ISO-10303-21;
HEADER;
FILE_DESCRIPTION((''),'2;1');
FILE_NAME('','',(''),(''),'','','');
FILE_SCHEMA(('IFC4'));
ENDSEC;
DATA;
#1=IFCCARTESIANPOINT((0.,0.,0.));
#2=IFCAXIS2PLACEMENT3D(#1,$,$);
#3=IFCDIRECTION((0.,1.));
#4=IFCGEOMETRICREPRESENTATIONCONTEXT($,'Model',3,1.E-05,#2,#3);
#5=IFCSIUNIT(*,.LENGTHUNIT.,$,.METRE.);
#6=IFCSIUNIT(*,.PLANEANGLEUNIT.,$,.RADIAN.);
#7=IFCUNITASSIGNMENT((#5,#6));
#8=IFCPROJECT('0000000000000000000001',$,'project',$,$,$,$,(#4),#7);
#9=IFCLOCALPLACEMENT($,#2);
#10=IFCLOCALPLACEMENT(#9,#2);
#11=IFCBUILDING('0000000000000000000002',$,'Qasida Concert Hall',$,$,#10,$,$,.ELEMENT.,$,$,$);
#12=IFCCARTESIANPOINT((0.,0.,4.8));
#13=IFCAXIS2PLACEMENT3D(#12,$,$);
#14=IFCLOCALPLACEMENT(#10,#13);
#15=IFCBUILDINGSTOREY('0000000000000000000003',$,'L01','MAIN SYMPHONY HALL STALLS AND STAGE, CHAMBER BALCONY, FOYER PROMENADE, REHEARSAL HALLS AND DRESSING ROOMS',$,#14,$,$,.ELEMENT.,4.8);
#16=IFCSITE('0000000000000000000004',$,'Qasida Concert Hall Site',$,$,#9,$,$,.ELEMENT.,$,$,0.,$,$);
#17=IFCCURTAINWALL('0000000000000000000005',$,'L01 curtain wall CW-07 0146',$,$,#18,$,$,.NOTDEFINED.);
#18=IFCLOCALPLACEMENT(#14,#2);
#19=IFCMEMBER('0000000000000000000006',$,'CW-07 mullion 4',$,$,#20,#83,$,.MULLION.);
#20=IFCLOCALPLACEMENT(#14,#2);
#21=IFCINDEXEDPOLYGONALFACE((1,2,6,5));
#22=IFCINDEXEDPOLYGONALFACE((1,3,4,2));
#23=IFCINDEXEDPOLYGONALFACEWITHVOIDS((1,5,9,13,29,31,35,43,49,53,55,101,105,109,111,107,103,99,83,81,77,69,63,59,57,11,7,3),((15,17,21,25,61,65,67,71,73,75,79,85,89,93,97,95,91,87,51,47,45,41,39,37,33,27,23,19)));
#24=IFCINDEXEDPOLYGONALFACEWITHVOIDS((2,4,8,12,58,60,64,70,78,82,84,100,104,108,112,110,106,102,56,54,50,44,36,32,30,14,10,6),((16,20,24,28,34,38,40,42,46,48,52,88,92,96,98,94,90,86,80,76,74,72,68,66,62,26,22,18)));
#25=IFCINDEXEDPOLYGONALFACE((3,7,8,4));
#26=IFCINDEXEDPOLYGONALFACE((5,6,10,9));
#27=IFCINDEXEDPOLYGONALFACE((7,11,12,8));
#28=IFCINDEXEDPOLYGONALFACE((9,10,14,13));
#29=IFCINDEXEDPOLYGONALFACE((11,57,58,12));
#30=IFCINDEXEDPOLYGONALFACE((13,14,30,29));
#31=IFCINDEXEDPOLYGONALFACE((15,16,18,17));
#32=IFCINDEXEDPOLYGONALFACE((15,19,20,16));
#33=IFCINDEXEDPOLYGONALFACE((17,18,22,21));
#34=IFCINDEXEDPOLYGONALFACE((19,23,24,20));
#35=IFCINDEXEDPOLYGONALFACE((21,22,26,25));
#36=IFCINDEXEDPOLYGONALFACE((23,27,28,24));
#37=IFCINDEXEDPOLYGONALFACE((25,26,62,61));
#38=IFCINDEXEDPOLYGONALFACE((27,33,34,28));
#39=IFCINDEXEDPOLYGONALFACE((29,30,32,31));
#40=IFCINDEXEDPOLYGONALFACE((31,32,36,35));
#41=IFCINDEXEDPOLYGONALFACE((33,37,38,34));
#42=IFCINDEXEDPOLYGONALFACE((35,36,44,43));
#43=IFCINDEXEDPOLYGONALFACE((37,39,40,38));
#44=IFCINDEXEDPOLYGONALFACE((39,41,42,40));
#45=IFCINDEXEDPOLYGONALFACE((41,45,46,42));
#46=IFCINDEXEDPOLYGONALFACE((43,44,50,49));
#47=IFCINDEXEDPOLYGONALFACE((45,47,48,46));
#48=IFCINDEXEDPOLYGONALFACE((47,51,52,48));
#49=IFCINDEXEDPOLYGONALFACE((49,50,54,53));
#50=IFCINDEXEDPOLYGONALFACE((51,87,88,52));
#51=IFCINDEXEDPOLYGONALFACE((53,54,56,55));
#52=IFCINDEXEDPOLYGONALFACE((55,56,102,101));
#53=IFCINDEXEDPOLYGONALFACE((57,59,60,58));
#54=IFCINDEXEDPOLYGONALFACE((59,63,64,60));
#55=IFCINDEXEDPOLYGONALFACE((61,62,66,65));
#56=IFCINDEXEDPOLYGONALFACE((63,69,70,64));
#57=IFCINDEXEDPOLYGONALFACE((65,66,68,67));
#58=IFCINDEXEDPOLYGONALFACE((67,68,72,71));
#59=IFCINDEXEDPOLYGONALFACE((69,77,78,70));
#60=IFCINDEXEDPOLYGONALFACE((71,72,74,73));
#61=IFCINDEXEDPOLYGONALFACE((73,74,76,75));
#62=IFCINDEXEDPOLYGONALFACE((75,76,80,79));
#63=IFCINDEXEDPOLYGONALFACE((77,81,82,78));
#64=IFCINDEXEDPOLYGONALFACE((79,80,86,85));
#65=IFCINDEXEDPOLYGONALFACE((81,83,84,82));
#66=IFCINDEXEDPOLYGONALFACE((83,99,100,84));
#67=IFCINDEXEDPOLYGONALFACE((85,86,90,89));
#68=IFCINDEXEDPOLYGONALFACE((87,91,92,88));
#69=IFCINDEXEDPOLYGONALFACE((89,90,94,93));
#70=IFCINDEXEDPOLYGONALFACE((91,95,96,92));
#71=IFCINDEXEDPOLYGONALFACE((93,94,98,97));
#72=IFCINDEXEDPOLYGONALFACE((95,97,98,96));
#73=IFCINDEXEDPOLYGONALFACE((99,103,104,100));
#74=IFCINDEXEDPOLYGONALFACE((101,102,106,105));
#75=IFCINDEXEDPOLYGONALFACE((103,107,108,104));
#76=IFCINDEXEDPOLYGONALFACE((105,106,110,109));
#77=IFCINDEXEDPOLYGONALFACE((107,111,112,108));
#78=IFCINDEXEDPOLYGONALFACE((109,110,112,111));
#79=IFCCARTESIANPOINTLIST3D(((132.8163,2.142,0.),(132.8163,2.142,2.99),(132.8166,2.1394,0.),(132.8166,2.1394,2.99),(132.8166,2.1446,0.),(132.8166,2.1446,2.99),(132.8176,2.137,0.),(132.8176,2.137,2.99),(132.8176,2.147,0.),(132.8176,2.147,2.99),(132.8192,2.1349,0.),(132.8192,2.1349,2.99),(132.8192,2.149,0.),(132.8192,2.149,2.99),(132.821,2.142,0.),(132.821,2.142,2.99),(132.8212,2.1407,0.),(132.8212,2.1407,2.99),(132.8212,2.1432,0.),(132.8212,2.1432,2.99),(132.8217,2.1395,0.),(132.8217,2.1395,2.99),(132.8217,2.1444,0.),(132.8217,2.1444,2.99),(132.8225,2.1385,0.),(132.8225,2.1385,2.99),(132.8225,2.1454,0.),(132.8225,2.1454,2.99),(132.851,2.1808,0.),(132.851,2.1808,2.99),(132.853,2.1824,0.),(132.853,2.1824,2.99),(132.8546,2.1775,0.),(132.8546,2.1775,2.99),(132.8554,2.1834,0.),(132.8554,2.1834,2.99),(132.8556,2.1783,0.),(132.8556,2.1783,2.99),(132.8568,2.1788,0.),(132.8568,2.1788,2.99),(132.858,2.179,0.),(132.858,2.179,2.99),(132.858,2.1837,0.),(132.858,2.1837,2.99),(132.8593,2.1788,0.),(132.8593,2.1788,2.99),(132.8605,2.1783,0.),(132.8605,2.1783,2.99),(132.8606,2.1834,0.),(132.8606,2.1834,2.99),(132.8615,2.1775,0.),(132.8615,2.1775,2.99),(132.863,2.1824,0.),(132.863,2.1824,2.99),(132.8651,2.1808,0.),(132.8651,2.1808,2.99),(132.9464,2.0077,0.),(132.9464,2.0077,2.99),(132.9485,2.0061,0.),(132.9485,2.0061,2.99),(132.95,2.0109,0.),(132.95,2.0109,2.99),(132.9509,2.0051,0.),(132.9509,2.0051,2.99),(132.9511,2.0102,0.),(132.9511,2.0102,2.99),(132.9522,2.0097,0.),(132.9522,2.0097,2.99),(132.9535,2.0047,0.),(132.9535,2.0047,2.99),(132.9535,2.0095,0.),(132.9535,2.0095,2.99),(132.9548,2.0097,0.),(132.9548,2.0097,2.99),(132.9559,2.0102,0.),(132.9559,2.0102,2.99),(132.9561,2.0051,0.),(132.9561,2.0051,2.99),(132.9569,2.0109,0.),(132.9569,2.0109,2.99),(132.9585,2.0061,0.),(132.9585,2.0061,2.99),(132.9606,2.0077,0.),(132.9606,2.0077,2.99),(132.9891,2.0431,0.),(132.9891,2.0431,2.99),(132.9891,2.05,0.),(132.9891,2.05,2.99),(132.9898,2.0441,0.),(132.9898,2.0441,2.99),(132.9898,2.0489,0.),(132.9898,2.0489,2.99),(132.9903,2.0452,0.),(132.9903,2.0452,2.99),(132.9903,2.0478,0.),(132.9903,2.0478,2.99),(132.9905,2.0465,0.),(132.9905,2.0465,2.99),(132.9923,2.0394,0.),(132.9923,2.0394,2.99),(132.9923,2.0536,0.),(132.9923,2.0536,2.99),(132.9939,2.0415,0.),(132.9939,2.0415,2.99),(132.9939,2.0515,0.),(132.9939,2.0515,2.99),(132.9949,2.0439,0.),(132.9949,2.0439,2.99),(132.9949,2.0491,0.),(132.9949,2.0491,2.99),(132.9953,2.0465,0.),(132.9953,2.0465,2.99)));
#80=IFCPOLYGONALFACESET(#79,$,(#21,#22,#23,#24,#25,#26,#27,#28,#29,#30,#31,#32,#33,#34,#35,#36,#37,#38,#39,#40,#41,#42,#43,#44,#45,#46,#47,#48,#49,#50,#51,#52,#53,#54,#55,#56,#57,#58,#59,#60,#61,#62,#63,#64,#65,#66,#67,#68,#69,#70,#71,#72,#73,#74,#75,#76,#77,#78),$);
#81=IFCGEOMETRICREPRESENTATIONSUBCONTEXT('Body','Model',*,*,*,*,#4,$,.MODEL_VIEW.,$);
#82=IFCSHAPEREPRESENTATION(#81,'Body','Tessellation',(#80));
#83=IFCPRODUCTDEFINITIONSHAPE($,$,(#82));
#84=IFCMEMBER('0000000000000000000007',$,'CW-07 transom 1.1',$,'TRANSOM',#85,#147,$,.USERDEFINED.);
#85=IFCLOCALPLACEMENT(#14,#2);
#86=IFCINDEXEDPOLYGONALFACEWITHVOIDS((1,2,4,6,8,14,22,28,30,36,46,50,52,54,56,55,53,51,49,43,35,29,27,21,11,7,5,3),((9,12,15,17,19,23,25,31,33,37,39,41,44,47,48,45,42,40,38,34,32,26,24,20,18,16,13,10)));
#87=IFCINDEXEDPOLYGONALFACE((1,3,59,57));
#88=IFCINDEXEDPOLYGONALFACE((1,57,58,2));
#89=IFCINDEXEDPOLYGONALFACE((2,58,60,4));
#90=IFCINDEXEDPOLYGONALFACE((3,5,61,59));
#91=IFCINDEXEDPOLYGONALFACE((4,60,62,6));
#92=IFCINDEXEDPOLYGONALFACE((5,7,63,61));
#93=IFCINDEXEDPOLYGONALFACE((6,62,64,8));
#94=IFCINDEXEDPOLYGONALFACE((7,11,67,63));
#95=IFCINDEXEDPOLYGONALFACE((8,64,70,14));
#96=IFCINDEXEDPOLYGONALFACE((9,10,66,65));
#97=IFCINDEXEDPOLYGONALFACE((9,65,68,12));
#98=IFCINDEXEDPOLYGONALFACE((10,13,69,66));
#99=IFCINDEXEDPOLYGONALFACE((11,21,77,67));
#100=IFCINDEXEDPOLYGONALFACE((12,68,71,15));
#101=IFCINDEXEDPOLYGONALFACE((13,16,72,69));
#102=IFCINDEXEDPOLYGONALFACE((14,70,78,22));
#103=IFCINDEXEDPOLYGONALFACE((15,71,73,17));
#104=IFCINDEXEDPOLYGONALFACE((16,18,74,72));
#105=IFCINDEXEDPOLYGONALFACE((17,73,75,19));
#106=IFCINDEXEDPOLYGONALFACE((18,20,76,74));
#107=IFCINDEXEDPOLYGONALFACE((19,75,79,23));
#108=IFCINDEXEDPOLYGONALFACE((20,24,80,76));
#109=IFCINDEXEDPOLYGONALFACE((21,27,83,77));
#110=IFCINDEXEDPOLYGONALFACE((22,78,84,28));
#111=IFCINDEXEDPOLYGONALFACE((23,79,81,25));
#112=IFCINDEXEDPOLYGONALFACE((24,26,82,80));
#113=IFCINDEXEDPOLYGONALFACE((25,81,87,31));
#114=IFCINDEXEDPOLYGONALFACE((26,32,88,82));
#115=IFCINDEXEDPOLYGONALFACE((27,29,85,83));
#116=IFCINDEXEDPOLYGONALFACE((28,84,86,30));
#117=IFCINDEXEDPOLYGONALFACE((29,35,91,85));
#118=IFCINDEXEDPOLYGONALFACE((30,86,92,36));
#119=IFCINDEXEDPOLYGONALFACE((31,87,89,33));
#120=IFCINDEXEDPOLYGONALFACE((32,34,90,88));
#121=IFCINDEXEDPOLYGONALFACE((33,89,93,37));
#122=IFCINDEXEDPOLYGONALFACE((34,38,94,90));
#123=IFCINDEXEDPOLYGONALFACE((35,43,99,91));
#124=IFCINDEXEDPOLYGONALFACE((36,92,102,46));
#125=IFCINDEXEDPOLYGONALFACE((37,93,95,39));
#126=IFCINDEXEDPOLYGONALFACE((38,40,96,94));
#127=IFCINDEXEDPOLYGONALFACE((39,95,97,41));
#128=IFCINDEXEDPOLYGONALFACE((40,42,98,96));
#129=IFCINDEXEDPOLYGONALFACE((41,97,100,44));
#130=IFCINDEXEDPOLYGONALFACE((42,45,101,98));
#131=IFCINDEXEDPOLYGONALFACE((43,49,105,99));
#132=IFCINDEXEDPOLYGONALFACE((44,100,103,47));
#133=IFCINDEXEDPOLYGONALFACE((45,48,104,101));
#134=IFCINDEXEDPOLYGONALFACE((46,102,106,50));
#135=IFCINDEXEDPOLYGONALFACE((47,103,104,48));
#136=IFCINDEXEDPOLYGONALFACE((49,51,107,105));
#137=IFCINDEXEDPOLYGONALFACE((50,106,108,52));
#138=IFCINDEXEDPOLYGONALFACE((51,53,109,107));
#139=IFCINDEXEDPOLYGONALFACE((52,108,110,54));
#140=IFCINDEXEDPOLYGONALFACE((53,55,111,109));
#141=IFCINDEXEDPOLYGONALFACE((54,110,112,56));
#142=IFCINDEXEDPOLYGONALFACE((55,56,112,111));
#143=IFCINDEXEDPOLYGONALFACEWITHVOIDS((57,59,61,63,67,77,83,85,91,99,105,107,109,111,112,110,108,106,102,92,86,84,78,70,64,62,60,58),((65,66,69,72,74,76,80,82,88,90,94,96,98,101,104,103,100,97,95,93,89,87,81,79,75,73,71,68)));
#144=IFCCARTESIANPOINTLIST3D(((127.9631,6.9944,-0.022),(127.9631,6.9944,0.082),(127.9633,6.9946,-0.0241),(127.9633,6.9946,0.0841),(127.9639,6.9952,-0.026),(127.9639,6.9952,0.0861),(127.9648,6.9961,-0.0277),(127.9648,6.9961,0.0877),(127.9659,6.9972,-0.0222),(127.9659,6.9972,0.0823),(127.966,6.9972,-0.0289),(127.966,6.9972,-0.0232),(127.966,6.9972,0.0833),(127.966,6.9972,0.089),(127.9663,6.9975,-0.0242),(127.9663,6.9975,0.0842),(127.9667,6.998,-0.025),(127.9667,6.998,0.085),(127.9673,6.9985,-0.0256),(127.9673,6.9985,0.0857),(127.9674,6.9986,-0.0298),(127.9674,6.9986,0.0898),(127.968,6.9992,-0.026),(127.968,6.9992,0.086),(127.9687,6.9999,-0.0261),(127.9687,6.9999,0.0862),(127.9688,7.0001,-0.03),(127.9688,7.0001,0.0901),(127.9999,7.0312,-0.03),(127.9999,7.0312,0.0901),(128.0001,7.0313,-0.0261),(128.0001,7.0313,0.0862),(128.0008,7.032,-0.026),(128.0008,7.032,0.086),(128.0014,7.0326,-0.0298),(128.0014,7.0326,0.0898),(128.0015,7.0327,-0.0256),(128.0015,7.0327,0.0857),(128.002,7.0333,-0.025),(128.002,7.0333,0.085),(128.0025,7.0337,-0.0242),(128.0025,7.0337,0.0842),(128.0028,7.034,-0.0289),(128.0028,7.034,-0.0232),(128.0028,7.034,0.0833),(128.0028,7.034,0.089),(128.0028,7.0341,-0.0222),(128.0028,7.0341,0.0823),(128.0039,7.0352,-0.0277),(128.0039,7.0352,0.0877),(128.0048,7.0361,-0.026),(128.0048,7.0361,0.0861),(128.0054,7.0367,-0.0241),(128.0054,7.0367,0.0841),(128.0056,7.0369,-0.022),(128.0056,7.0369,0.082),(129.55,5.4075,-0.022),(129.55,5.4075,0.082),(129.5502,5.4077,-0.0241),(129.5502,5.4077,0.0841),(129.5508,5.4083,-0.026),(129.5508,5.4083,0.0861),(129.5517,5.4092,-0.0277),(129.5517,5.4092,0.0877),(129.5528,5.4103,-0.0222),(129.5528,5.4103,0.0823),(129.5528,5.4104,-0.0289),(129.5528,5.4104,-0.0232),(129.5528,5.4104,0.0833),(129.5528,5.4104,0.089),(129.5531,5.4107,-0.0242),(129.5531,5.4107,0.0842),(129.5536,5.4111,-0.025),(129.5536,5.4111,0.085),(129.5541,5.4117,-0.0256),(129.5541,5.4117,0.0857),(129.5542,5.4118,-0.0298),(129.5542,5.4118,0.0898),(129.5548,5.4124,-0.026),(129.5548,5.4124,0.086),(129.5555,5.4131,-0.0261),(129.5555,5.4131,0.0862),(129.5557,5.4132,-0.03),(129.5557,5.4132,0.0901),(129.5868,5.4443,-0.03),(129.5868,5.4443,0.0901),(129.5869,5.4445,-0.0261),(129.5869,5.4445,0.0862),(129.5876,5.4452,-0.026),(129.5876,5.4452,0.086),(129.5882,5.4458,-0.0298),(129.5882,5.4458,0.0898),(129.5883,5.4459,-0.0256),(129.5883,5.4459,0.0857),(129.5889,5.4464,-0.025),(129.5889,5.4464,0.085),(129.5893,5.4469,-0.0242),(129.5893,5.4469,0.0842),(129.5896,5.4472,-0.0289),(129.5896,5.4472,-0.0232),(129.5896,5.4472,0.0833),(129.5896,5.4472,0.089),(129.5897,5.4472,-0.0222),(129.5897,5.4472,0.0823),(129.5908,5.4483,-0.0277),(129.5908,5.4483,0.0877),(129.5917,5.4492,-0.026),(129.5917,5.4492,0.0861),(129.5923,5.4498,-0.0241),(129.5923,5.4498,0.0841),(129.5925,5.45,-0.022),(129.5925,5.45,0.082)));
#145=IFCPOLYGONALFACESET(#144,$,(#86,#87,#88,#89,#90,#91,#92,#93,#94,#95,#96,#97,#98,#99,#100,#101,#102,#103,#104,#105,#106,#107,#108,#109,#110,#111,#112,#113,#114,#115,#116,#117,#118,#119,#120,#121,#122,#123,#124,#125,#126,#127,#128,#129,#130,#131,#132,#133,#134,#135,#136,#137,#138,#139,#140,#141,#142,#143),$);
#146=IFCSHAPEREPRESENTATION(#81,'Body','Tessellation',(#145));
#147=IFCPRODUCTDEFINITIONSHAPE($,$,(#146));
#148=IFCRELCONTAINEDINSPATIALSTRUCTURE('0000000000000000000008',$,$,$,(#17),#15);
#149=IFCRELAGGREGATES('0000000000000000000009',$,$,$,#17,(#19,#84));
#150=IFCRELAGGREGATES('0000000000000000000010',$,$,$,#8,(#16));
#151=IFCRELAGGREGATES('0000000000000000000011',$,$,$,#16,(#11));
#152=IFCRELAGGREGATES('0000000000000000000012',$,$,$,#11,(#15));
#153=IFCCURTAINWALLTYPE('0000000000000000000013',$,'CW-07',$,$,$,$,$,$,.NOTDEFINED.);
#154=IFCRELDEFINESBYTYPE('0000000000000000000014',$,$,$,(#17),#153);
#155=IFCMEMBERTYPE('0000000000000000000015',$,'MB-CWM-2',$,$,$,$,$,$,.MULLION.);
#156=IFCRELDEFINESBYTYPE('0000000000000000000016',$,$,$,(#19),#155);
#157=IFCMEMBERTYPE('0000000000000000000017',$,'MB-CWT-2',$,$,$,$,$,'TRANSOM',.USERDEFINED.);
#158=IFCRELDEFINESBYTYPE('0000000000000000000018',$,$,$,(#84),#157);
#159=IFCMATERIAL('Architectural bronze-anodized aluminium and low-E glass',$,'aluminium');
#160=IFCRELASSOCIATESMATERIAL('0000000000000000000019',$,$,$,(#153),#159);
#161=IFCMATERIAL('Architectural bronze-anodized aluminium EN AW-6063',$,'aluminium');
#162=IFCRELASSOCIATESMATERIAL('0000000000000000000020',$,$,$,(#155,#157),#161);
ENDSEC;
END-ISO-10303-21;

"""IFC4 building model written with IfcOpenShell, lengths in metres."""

from ifc_helpers import new_model, si_unit, direction, frame, origin, origin_2d, place, context, subcontext, project, spatial, hollow_rectangle, extrude, material, material_profile, profile_set, type_object, element, aggregate, save


model = new_model("IFC4")

# Units and contexts
model_context = context("Model", 3, precision=1e-05, world=origin(), true_north=direction((0.0, 1.0)))
body_context = subcontext(model_context, "Body", "Model", "MODEL_VIEW")
ifc_project = project(units=[si_unit("LENGTHUNIT", "METRE"), si_unit("PLANEANGLEUNIT", "RADIAN")], contexts=[model_context])

# Site, building, storey
site_placement = place(None, origin())
site = spatial("IfcSite", under=ifc_project, at=site_placement, Name="Qasida Concert Hall Site", CompositionType="ELEMENT", RefElevation=0.0)
building_placement = place(site_placement, origin())
building = spatial("IfcBuilding", under=site, at=building_placement, Name="Qasida Concert Hall", CompositionType="ELEMENT")
storey_placement = place(building_placement, frame((0.0, 0.0, 4.8)))
storey = spatial("IfcBuildingStorey", under=building, at=storey_placement, Name="L01", Description="MAIN SYMPHONY HALL STALLS AND STAGE, CHAMBER BALCONY, FOYER PROMENADE, REHEARSAL HALLS AND DRESSING ROOMS", CompositionType="ELEMENT", Elevation=4.8)

# Curtain wall, members
ifc_material_1 = material(Name="Architectural bronze-anodized aluminium and low-E glass", Category="aluminium")
curtain_wall_type = type_object("IfcCurtainWallType", Name="CW-07", PredefinedType="NOTDEFINED", material=ifc_material_1)
curtain_wall_placement = place(storey_placement, origin())
curtain_wall = element("IfcCurtainWall", 1, at=curtain_wall_placement, inside=storey, type_object=curtain_wall_type, Name="L01 curtain wall CW-07 0146", PredefinedType="NOTDEFINED")
ifc_material_2 = material(Name="Architectural bronze-anodized aluminium EN AW-6063", Category="aluminium")
ifc_material_profile_1 = material_profile(ifc_material_2, hollow_rectangle(XDim=0.0649, YDim=0.2, WallThickness=0.0049, InnerFilletRadius=0.0049, OuterFilletRadius=0.01, at=origin_2d()), Name="CWM 200x65x5")
ifc_profile_set_1 = profile_set([ifc_material_profile_1], Name="Architectural bronze-anodized aluminium EN AW-6063")
member_type_1 = type_object("IfcMemberType", Name="MB-CWM-2", PredefinedType="MULLION", material=ifc_profile_set_1)
member_1_placement = place(storey_placement, frame((132.9058, 2.0942, 0.0), z_axis=(0.0, 0.0, 1.0), x_axis=(0.707107, 0.707107, 0.0)))
member_1 = element("IfcMember", 2, at=member_1_placement, type_object=member_type_1, Name="CW-07 mullion 4", PredefinedType="MULLION", context=body_context, shape_type="SweptSolid", body=[
    extrude(hollow_rectangle(XDim=0.0649, YDim=0.2, WallThickness=0.0049, InnerFilletRadius=0.0049, OuterFilletRadius=0.01, at=origin_2d()), origin(), (0.0, 0.0, 1.0), 2.99),
])
ifc_material_profile_2 = material_profile(ifc_material_2, hollow_rectangle(XDim=0.0601, YDim=0.1201, WallThickness=0.0039, InnerFilletRadius=0.0039, OuterFilletRadius=0.0081, at=origin_2d()), Name="CWT 120x60x4")
ifc_profile_set_2 = profile_set([ifc_material_profile_2], Name="Architectural bronze-anodized aluminium EN AW-6063")
member_type_2 = type_object("IfcMemberType", Name="MB-CWT-2", ElementType="TRANSOM", PredefinedType="USERDEFINED", material=ifc_profile_set_2)
member_2_placement = place(storey_placement, frame((127.9844, 7.0156, 0.03), z_axis=(0.707107, -0.707107, 0.0), x_axis=(0.707107, 0.707107, 0.0)))
member_2 = element("IfcMember", 3, at=member_2_placement, type_object=member_type_2, Name="CW-07 transom 1.1", ObjectType="TRANSOM", PredefinedType="USERDEFINED", context=body_context, shape_type="SweptSolid", body=[
    extrude(hollow_rectangle(XDim=0.0601, YDim=0.1201, WallThickness=0.0039, InnerFilletRadius=0.0039, OuterFilletRadius=0.0081, at=origin_2d()), origin(), (0.0, 0.0, 1.0), 2.2441),
])
aggregate(curtain_wall, [member_1, member_2])

save(model, "model.ifc")
